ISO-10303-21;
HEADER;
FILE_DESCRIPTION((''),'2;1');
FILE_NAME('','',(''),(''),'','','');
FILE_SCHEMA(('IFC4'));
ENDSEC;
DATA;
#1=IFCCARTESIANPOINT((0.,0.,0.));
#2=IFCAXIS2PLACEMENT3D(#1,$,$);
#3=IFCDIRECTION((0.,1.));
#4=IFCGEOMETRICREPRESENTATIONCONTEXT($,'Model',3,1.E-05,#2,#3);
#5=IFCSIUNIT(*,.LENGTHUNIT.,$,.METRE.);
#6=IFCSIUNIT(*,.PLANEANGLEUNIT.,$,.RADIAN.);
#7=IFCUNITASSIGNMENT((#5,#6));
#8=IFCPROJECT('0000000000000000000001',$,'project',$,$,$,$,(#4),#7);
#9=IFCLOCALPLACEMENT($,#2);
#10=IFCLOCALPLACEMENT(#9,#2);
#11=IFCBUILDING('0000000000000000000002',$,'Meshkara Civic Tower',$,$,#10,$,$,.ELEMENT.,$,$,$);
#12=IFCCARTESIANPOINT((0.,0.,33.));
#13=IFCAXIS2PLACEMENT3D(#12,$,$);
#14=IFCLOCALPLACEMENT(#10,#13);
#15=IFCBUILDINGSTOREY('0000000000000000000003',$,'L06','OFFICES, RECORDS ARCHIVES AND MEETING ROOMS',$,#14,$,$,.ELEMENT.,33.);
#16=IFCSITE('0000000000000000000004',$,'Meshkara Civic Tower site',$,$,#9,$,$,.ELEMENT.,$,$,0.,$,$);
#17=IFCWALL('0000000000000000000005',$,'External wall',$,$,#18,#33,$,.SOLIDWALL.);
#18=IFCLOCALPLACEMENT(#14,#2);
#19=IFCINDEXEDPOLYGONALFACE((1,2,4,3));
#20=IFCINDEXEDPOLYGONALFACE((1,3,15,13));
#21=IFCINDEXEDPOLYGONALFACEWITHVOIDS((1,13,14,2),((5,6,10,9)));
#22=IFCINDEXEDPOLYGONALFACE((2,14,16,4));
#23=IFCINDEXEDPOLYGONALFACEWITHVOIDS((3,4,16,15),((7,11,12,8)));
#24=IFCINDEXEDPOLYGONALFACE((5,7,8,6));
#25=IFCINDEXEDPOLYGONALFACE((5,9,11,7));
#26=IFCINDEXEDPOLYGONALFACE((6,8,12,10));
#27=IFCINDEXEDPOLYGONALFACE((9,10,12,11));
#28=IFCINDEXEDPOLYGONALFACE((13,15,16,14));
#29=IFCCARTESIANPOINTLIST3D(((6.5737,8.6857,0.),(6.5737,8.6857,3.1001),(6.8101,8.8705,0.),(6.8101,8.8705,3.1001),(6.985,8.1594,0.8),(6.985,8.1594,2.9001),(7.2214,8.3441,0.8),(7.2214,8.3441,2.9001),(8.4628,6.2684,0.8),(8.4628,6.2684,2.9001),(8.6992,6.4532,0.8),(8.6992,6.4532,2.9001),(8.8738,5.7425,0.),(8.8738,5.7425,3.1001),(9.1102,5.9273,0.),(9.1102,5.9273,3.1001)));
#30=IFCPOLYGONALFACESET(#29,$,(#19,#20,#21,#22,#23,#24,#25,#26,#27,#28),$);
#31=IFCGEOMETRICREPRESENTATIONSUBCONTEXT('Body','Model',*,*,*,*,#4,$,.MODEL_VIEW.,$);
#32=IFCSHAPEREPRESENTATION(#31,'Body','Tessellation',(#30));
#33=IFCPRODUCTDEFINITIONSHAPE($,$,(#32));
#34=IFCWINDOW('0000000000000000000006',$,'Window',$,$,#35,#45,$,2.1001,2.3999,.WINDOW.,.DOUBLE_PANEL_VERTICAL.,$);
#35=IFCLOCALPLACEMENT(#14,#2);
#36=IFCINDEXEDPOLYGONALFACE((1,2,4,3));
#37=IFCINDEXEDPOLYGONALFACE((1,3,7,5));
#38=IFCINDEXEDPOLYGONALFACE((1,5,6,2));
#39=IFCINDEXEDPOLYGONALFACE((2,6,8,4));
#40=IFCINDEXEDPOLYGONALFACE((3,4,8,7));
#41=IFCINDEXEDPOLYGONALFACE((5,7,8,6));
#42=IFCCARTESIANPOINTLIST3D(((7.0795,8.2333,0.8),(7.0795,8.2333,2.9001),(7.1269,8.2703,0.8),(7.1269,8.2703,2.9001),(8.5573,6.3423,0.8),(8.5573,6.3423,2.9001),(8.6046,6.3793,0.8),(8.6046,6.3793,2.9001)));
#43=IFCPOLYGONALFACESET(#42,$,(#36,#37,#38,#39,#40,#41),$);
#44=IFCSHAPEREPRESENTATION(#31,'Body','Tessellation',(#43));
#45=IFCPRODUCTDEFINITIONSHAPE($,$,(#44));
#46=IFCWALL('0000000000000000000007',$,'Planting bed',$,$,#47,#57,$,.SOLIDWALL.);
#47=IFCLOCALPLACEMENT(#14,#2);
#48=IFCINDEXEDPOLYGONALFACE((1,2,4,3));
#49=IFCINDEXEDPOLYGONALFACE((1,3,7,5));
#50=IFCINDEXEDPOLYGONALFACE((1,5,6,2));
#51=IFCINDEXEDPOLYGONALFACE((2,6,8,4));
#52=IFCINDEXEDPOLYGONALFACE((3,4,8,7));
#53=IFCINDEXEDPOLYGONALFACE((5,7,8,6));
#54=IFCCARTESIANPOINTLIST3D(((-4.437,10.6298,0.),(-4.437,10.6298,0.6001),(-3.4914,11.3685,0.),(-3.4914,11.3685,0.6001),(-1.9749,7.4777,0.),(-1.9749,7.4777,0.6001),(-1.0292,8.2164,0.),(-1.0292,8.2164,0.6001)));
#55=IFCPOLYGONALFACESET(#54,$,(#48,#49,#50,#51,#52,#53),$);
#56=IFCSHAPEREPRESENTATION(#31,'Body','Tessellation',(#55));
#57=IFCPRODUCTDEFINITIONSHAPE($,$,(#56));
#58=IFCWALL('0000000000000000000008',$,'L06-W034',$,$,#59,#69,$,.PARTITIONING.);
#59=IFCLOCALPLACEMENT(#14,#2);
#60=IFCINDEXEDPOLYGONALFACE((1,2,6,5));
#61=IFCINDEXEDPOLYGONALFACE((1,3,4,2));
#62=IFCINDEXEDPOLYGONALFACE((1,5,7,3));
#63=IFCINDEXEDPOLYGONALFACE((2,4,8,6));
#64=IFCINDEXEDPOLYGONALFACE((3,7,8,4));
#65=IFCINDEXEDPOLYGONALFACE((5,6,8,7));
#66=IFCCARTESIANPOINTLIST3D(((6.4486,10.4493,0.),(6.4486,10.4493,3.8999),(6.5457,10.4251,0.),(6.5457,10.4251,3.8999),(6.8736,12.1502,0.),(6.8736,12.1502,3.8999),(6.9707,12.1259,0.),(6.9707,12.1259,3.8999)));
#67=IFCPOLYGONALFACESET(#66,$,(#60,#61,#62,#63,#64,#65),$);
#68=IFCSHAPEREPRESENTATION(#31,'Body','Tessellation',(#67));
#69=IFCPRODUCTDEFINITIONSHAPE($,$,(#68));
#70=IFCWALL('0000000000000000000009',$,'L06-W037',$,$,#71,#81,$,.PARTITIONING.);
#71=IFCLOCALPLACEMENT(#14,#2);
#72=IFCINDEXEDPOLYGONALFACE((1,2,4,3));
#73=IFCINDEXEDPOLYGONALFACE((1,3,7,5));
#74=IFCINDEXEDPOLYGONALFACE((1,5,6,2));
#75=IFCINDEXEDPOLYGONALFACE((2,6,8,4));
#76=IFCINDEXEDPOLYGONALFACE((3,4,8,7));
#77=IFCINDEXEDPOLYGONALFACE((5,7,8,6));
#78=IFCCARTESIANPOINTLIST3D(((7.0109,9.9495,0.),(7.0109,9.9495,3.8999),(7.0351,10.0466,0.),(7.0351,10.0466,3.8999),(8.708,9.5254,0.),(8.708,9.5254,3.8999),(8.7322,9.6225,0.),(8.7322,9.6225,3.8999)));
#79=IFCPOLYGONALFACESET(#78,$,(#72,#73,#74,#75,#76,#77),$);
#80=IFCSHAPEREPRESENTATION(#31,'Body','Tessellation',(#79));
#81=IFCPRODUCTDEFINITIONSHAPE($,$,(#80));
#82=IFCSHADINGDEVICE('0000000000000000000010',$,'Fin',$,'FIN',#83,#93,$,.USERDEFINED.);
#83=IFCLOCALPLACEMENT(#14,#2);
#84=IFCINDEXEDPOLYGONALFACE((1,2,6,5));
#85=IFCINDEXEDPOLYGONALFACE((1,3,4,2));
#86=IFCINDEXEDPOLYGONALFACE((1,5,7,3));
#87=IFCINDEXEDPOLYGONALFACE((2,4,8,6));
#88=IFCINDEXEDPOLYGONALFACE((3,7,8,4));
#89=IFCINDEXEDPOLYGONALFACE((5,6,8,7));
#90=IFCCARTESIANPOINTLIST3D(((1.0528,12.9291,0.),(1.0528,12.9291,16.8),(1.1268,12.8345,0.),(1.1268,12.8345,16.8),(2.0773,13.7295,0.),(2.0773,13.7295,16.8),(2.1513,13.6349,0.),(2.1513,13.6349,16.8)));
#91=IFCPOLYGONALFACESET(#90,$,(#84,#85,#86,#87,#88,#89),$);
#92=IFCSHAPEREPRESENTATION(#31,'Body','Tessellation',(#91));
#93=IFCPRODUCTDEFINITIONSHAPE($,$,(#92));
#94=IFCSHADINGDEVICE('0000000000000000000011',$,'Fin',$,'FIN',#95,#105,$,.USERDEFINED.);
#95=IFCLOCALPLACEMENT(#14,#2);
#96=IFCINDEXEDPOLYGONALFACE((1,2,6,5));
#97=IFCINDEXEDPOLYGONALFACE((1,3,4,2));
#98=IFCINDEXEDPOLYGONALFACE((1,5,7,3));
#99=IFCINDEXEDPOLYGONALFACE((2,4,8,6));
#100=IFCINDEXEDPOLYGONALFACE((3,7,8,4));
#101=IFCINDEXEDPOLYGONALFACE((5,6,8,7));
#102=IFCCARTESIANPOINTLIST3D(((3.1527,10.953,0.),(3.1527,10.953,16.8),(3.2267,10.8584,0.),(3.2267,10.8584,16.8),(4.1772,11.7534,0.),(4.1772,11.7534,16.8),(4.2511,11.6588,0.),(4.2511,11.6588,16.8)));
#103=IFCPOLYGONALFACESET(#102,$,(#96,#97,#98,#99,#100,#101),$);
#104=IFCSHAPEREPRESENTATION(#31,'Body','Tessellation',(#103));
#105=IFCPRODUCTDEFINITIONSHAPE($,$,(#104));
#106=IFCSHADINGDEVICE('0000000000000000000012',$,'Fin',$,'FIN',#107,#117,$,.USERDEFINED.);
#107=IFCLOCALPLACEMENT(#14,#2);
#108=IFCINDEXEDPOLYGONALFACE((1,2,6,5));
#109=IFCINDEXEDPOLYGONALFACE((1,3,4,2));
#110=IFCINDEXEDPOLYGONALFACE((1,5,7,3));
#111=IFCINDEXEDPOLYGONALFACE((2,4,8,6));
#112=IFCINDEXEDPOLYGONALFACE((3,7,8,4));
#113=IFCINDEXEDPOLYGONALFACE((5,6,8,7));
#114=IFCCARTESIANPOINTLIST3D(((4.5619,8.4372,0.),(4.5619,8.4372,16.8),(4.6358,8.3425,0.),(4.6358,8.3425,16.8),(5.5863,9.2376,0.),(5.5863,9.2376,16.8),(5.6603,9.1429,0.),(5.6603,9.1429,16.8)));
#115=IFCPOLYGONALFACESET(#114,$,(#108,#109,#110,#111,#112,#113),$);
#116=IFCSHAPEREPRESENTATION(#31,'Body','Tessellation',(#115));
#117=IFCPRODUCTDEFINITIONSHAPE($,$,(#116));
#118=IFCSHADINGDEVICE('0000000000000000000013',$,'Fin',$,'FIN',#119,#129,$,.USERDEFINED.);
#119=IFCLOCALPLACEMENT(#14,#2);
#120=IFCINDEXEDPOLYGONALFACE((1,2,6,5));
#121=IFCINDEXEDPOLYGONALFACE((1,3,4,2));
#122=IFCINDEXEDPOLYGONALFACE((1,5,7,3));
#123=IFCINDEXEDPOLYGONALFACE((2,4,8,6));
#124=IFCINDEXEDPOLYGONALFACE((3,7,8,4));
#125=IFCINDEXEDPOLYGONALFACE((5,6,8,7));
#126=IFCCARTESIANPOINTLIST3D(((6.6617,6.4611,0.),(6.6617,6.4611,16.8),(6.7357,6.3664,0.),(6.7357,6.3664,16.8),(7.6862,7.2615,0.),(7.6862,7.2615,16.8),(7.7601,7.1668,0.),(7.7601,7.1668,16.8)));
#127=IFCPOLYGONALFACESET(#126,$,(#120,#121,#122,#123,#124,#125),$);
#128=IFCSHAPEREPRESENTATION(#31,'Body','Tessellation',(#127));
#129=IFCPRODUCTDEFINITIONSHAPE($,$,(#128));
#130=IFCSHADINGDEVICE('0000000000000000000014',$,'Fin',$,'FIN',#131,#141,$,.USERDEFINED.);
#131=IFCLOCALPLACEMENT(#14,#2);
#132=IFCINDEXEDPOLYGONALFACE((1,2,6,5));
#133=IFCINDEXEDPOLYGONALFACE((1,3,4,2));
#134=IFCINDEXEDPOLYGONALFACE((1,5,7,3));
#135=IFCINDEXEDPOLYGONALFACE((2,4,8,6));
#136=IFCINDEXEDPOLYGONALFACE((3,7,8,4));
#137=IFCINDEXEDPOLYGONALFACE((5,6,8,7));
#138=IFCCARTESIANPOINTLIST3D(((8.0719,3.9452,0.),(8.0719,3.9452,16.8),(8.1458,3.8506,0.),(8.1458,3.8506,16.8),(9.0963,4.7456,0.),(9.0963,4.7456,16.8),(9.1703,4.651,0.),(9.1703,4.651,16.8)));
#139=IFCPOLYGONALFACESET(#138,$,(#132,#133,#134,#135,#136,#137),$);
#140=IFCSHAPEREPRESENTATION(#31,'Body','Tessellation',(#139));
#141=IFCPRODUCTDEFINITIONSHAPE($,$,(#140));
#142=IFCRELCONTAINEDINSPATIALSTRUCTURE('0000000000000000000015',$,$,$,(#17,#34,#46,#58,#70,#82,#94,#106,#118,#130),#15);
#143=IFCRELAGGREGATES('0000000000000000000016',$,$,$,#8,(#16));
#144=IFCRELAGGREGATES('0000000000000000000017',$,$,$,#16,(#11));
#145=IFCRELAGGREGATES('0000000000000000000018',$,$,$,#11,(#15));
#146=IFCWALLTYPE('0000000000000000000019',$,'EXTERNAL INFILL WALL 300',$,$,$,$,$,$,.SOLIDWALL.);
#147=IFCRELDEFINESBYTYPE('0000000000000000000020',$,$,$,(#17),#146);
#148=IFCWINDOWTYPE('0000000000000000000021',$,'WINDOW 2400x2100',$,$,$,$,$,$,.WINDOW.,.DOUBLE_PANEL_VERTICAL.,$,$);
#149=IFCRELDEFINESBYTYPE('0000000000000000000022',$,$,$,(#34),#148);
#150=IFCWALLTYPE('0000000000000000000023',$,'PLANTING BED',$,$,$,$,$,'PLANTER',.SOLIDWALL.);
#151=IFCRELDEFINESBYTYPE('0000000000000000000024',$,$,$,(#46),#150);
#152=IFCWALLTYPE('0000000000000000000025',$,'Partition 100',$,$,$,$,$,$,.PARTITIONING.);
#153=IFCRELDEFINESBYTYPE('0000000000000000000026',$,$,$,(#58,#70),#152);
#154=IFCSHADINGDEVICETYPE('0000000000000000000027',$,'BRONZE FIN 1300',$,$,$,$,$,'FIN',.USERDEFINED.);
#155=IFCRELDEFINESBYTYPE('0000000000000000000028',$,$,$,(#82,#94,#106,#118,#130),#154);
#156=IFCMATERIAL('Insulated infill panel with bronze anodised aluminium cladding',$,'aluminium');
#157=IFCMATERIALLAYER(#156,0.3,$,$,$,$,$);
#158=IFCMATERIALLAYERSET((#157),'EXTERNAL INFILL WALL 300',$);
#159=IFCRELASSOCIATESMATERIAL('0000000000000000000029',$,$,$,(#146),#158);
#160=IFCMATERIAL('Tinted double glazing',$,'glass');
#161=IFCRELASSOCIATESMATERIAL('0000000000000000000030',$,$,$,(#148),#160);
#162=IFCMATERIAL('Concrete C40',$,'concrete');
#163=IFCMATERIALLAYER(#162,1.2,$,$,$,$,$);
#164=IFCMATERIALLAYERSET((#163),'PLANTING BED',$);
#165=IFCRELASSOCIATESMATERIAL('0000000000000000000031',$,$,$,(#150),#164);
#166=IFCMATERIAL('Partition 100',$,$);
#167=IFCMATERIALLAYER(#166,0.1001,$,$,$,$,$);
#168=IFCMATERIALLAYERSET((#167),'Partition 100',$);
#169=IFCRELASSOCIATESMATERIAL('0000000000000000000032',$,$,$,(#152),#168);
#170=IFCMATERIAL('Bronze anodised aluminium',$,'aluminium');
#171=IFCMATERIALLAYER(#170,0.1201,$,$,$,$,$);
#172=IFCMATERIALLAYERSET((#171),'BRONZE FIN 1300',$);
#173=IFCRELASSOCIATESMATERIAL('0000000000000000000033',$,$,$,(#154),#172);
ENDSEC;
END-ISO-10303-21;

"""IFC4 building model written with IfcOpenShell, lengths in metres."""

from ifc_helpers import new_model, si_unit, direction, frame, frame_2d, origin, origin_2d, place, context, subcontext, project, spatial, rectangle, extrude, material, layer, layer_set, type_object, element, fill, save


model = new_model("IFC4")

# Units and contexts
model_context = context("Model", 3, precision=1e-05, world=origin(), true_north=direction((0.0, 1.0)))
body_context = subcontext(model_context, "Body", "Model", "MODEL_VIEW")
ifc_project = project(units=[si_unit("LENGTHUNIT", "METRE"), si_unit("PLANEANGLEUNIT", "RADIAN")], contexts=[model_context])

# Site, building, storey
site_placement = place(None, origin())
site = spatial("IfcSite", under=ifc_project, at=site_placement, Name="Meshkara Civic Tower site", CompositionType="ELEMENT", RefElevation=0.0)
building_placement = place(site_placement, origin())
building = spatial("IfcBuilding", under=site, at=building_placement, Name="Meshkara Civic Tower", CompositionType="ELEMENT")
storey_placement = place(building_placement, frame((0.0, 0.0, 33.0)))
storey = spatial("IfcBuildingStorey", under=building, at=storey_placement, Name="L06", Description="OFFICES, RECORDS ARCHIVES AND MEETING ROOMS", CompositionType="ELEMENT", Elevation=33.0)

# Wall, opening, window
ifc_material_1 = material(Name="Insulated infill panel with bronze anodised aluminium cladding", Category="aluminium")
ifc_layer_1 = layer(ifc_material_1, 0.3)
ifc_layer_set_1 = layer_set([ifc_layer_1], Name="EXTERNAL INFILL WALL 300")
wall_type_1 = type_object("IfcWallType", Name="EXTERNAL INFILL WALL 300", PredefinedType="SOLIDWALL", material=ifc_layer_set_1)
ifc_material_2 = material(Name="Tinted double glazing", Category="glass")
window_type = type_object("IfcWindowType", Name="WINDOW 2400x2100", PartitioningType="DOUBLE_PANEL_VERTICAL", PredefinedType="WINDOW", material=ifc_material_2)
wall_1_placement = place(storey_placement, frame((6.6919, 8.7781, 0.0), z_axis=(0.0, 0.0, 1.0), x_axis=(0.615767, -0.787928, 0.0)))
wall_1 = element("IfcWall", 1, at=wall_1_placement, inside=storey, type_object=wall_type_1, Name="External wall", PredefinedType="SOLIDWALL", context=body_context, shape_type="SweptSolid", body=[
    extrude(rectangle(XDim=3.7354, YDim=0.3, at=frame_2d((1.8677, 0.0))), origin(), (0.0, 0.0, 1.0), 3.1001),
])
opening_1_placement = place(wall_1_placement, frame((0.668, 0.0, 0.8)))
opening_1 = element("IfcOpeningElement", 2, at=opening_1_placement, cuts=wall_1, PredefinedType="OPENING", context=body_context, shape_type="SweptSolid", body=[
    extrude(rectangle(XDim=2.3999, YDim=2.1001, at=frame_2d((1.2, 1.05))), frame((0.0, 0.1599, 0.0), z_axis=(0.0, -1.0, 0.0), x_axis=(1.0, 0.0, 0.0)), (0.0, 0.0, 1.0), 0.3201),
])
window_1_placement = place(opening_1_placement, origin())
window_1 = element("IfcWindow", 3, at=window_1_placement, inside=storey, type_object=window_type, Name="Window", OverallHeight=2.1001, OverallWidth=2.3999, PartitioningType="DOUBLE_PANEL_VERTICAL", PredefinedType="WINDOW", context=body_context, shape_type="SweptSolid", body=[
    extrude(rectangle(XDim=2.3999, YDim=2.1001, at=frame_2d((1.2, 1.05))), frame((0.0, 0.03, 0.0), z_axis=(0.0, -1.0, 0.0), x_axis=(1.0, 0.0, 0.0)), (0.0, 0.0, 1.0), 0.0601),
])
fill(opening_1, window_1)

# Walls
ifc_material_3 = material(Name="Concrete C40", Category="concrete")
ifc_layer_2 = layer(ifc_material_3, 1.2)
ifc_layer_set_2 = layer_set([ifc_layer_2], Name="PLANTING BED")
wall_type_2 = type_object("IfcWallType", Name="PLANTING BED", ElementType="PLANTER", PredefinedType="SOLIDWALL", material=ifc_layer_set_2)
wall_2_placement = place(storey_placement, frame((-1.502, 7.8469, 0.0), z_axis=(0.0, 0.0, 1.0), x_axis=(-0.615579, 0.788075, 0.0)))
element("IfcWall", 4, at=wall_2_placement, inside=storey, type_object=wall_type_2, Name="Planting bed", PredefinedType="SOLIDWALL", context=body_context, shape_type="SweptSolid", body=[
    extrude(rectangle(XDim=3.9998, YDim=1.2, at=frame_2d((2.0, 0.0))), origin(), (0.0, 0.0, 1.0), 0.6001),
])
ifc_material_4 = material(Name="Partition 100")
ifc_layer_3 = layer(ifc_material_4, 0.1001)
ifc_layer_set_3 = layer_set([ifc_layer_3], Name="Partition 100")
wall_type_3 = type_object("IfcWallType", Name="Partition 100", PredefinedType="PARTITIONING", material=ifc_layer_set_3)
wall_3_placement = place(storey_placement, frame((6.9221, 12.1379, 0.0), z_axis=(0.0, 0.0, 1.0), x_axis=(-0.242437, -0.970167, 0.0)))
element("IfcWall", 5, at=wall_3_placement, inside=storey, type_object=wall_type_3, Name="L06-W034", PredefinedType="PARTITIONING", context=body_context, shape_type="SweptSolid", body=[
    extrude(rectangle(XDim=1.7532, YDim=0.1001, at=frame_2d((0.8765, 0.0))), origin(), (0.0, 0.0, 1.0), 3.8999),
])
wall_4_placement = place(storey_placement, frame((8.72, 9.574, 0.0), z_axis=(0.0, 0.0, 1.0), x_axis=(-0.970167, 0.242437, 0.0)))
element("IfcWall", 6, at=wall_4_placement, inside=storey, type_object=wall_type_3, Name="L06-W037", PredefinedType="PARTITIONING", context=body_context, shape_type="SweptSolid", body=[
    extrude(rectangle(XDim=1.7493, YDim=0.1001, at=frame_2d((0.8745, 0.0))), origin(), (0.0, 0.0, 1.0), 3.8999),
])

# Shading devices
ifc_material_5 = material(Name="Bronze anodised aluminium", Category="aluminium")
ifc_layer_4 = layer(ifc_material_5, 0.1201)
ifc_layer_set_4 = layer_set([ifc_layer_4], Name="BRONZE FIN 1300")
shading_device_type = type_object("IfcShadingDeviceType", Name="BRONZE FIN 1300", ElementType="FIN", PredefinedType="USERDEFINED", material=ifc_layer_set_4)
for number, where, z_axis, x_axis, name in (
    (7, (1.6021, 13.282, 0.0), (0.0, 0.0, 1.0), (0.615661, -0.788011, 0.0), "Fin"),
    (8, (3.7019, 11.3059, 0.0), (0.0, 0.0, 1.0), (0.615661, -0.788011, 0.0), "Fin"),
    (9, (5.1111, 8.79, 0.0), (0.0, 0.0, 1.0), (0.615661, -0.788011, 0.0), "Fin"),
    (10, (7.2109, 6.814, 0.0), (0.0, 0.0, 1.0), (0.615661, -0.788011, 0.0), "Fin"),
    (11, (8.6211, 4.2981, 0.0), (0.0, 0.0, 1.0), (0.615661, -0.788011, 0.0), "Fin"),
):
    element("IfcShadingDevice", number, at=place(storey_placement, frame(where, z_axis=z_axis, x_axis=x_axis)), inside=storey, type_object=shading_device_type, Name=name, ObjectType="FIN", PredefinedType="USERDEFINED", context=body_context, shape_type="SweptSolid", body=[
        extrude(rectangle(XDim=0.1201, YDim=1.3, at=origin_2d()), origin(), (0.0, 0.0, 1.0), 16.8),
    ])

save(model, "model.ifc")
